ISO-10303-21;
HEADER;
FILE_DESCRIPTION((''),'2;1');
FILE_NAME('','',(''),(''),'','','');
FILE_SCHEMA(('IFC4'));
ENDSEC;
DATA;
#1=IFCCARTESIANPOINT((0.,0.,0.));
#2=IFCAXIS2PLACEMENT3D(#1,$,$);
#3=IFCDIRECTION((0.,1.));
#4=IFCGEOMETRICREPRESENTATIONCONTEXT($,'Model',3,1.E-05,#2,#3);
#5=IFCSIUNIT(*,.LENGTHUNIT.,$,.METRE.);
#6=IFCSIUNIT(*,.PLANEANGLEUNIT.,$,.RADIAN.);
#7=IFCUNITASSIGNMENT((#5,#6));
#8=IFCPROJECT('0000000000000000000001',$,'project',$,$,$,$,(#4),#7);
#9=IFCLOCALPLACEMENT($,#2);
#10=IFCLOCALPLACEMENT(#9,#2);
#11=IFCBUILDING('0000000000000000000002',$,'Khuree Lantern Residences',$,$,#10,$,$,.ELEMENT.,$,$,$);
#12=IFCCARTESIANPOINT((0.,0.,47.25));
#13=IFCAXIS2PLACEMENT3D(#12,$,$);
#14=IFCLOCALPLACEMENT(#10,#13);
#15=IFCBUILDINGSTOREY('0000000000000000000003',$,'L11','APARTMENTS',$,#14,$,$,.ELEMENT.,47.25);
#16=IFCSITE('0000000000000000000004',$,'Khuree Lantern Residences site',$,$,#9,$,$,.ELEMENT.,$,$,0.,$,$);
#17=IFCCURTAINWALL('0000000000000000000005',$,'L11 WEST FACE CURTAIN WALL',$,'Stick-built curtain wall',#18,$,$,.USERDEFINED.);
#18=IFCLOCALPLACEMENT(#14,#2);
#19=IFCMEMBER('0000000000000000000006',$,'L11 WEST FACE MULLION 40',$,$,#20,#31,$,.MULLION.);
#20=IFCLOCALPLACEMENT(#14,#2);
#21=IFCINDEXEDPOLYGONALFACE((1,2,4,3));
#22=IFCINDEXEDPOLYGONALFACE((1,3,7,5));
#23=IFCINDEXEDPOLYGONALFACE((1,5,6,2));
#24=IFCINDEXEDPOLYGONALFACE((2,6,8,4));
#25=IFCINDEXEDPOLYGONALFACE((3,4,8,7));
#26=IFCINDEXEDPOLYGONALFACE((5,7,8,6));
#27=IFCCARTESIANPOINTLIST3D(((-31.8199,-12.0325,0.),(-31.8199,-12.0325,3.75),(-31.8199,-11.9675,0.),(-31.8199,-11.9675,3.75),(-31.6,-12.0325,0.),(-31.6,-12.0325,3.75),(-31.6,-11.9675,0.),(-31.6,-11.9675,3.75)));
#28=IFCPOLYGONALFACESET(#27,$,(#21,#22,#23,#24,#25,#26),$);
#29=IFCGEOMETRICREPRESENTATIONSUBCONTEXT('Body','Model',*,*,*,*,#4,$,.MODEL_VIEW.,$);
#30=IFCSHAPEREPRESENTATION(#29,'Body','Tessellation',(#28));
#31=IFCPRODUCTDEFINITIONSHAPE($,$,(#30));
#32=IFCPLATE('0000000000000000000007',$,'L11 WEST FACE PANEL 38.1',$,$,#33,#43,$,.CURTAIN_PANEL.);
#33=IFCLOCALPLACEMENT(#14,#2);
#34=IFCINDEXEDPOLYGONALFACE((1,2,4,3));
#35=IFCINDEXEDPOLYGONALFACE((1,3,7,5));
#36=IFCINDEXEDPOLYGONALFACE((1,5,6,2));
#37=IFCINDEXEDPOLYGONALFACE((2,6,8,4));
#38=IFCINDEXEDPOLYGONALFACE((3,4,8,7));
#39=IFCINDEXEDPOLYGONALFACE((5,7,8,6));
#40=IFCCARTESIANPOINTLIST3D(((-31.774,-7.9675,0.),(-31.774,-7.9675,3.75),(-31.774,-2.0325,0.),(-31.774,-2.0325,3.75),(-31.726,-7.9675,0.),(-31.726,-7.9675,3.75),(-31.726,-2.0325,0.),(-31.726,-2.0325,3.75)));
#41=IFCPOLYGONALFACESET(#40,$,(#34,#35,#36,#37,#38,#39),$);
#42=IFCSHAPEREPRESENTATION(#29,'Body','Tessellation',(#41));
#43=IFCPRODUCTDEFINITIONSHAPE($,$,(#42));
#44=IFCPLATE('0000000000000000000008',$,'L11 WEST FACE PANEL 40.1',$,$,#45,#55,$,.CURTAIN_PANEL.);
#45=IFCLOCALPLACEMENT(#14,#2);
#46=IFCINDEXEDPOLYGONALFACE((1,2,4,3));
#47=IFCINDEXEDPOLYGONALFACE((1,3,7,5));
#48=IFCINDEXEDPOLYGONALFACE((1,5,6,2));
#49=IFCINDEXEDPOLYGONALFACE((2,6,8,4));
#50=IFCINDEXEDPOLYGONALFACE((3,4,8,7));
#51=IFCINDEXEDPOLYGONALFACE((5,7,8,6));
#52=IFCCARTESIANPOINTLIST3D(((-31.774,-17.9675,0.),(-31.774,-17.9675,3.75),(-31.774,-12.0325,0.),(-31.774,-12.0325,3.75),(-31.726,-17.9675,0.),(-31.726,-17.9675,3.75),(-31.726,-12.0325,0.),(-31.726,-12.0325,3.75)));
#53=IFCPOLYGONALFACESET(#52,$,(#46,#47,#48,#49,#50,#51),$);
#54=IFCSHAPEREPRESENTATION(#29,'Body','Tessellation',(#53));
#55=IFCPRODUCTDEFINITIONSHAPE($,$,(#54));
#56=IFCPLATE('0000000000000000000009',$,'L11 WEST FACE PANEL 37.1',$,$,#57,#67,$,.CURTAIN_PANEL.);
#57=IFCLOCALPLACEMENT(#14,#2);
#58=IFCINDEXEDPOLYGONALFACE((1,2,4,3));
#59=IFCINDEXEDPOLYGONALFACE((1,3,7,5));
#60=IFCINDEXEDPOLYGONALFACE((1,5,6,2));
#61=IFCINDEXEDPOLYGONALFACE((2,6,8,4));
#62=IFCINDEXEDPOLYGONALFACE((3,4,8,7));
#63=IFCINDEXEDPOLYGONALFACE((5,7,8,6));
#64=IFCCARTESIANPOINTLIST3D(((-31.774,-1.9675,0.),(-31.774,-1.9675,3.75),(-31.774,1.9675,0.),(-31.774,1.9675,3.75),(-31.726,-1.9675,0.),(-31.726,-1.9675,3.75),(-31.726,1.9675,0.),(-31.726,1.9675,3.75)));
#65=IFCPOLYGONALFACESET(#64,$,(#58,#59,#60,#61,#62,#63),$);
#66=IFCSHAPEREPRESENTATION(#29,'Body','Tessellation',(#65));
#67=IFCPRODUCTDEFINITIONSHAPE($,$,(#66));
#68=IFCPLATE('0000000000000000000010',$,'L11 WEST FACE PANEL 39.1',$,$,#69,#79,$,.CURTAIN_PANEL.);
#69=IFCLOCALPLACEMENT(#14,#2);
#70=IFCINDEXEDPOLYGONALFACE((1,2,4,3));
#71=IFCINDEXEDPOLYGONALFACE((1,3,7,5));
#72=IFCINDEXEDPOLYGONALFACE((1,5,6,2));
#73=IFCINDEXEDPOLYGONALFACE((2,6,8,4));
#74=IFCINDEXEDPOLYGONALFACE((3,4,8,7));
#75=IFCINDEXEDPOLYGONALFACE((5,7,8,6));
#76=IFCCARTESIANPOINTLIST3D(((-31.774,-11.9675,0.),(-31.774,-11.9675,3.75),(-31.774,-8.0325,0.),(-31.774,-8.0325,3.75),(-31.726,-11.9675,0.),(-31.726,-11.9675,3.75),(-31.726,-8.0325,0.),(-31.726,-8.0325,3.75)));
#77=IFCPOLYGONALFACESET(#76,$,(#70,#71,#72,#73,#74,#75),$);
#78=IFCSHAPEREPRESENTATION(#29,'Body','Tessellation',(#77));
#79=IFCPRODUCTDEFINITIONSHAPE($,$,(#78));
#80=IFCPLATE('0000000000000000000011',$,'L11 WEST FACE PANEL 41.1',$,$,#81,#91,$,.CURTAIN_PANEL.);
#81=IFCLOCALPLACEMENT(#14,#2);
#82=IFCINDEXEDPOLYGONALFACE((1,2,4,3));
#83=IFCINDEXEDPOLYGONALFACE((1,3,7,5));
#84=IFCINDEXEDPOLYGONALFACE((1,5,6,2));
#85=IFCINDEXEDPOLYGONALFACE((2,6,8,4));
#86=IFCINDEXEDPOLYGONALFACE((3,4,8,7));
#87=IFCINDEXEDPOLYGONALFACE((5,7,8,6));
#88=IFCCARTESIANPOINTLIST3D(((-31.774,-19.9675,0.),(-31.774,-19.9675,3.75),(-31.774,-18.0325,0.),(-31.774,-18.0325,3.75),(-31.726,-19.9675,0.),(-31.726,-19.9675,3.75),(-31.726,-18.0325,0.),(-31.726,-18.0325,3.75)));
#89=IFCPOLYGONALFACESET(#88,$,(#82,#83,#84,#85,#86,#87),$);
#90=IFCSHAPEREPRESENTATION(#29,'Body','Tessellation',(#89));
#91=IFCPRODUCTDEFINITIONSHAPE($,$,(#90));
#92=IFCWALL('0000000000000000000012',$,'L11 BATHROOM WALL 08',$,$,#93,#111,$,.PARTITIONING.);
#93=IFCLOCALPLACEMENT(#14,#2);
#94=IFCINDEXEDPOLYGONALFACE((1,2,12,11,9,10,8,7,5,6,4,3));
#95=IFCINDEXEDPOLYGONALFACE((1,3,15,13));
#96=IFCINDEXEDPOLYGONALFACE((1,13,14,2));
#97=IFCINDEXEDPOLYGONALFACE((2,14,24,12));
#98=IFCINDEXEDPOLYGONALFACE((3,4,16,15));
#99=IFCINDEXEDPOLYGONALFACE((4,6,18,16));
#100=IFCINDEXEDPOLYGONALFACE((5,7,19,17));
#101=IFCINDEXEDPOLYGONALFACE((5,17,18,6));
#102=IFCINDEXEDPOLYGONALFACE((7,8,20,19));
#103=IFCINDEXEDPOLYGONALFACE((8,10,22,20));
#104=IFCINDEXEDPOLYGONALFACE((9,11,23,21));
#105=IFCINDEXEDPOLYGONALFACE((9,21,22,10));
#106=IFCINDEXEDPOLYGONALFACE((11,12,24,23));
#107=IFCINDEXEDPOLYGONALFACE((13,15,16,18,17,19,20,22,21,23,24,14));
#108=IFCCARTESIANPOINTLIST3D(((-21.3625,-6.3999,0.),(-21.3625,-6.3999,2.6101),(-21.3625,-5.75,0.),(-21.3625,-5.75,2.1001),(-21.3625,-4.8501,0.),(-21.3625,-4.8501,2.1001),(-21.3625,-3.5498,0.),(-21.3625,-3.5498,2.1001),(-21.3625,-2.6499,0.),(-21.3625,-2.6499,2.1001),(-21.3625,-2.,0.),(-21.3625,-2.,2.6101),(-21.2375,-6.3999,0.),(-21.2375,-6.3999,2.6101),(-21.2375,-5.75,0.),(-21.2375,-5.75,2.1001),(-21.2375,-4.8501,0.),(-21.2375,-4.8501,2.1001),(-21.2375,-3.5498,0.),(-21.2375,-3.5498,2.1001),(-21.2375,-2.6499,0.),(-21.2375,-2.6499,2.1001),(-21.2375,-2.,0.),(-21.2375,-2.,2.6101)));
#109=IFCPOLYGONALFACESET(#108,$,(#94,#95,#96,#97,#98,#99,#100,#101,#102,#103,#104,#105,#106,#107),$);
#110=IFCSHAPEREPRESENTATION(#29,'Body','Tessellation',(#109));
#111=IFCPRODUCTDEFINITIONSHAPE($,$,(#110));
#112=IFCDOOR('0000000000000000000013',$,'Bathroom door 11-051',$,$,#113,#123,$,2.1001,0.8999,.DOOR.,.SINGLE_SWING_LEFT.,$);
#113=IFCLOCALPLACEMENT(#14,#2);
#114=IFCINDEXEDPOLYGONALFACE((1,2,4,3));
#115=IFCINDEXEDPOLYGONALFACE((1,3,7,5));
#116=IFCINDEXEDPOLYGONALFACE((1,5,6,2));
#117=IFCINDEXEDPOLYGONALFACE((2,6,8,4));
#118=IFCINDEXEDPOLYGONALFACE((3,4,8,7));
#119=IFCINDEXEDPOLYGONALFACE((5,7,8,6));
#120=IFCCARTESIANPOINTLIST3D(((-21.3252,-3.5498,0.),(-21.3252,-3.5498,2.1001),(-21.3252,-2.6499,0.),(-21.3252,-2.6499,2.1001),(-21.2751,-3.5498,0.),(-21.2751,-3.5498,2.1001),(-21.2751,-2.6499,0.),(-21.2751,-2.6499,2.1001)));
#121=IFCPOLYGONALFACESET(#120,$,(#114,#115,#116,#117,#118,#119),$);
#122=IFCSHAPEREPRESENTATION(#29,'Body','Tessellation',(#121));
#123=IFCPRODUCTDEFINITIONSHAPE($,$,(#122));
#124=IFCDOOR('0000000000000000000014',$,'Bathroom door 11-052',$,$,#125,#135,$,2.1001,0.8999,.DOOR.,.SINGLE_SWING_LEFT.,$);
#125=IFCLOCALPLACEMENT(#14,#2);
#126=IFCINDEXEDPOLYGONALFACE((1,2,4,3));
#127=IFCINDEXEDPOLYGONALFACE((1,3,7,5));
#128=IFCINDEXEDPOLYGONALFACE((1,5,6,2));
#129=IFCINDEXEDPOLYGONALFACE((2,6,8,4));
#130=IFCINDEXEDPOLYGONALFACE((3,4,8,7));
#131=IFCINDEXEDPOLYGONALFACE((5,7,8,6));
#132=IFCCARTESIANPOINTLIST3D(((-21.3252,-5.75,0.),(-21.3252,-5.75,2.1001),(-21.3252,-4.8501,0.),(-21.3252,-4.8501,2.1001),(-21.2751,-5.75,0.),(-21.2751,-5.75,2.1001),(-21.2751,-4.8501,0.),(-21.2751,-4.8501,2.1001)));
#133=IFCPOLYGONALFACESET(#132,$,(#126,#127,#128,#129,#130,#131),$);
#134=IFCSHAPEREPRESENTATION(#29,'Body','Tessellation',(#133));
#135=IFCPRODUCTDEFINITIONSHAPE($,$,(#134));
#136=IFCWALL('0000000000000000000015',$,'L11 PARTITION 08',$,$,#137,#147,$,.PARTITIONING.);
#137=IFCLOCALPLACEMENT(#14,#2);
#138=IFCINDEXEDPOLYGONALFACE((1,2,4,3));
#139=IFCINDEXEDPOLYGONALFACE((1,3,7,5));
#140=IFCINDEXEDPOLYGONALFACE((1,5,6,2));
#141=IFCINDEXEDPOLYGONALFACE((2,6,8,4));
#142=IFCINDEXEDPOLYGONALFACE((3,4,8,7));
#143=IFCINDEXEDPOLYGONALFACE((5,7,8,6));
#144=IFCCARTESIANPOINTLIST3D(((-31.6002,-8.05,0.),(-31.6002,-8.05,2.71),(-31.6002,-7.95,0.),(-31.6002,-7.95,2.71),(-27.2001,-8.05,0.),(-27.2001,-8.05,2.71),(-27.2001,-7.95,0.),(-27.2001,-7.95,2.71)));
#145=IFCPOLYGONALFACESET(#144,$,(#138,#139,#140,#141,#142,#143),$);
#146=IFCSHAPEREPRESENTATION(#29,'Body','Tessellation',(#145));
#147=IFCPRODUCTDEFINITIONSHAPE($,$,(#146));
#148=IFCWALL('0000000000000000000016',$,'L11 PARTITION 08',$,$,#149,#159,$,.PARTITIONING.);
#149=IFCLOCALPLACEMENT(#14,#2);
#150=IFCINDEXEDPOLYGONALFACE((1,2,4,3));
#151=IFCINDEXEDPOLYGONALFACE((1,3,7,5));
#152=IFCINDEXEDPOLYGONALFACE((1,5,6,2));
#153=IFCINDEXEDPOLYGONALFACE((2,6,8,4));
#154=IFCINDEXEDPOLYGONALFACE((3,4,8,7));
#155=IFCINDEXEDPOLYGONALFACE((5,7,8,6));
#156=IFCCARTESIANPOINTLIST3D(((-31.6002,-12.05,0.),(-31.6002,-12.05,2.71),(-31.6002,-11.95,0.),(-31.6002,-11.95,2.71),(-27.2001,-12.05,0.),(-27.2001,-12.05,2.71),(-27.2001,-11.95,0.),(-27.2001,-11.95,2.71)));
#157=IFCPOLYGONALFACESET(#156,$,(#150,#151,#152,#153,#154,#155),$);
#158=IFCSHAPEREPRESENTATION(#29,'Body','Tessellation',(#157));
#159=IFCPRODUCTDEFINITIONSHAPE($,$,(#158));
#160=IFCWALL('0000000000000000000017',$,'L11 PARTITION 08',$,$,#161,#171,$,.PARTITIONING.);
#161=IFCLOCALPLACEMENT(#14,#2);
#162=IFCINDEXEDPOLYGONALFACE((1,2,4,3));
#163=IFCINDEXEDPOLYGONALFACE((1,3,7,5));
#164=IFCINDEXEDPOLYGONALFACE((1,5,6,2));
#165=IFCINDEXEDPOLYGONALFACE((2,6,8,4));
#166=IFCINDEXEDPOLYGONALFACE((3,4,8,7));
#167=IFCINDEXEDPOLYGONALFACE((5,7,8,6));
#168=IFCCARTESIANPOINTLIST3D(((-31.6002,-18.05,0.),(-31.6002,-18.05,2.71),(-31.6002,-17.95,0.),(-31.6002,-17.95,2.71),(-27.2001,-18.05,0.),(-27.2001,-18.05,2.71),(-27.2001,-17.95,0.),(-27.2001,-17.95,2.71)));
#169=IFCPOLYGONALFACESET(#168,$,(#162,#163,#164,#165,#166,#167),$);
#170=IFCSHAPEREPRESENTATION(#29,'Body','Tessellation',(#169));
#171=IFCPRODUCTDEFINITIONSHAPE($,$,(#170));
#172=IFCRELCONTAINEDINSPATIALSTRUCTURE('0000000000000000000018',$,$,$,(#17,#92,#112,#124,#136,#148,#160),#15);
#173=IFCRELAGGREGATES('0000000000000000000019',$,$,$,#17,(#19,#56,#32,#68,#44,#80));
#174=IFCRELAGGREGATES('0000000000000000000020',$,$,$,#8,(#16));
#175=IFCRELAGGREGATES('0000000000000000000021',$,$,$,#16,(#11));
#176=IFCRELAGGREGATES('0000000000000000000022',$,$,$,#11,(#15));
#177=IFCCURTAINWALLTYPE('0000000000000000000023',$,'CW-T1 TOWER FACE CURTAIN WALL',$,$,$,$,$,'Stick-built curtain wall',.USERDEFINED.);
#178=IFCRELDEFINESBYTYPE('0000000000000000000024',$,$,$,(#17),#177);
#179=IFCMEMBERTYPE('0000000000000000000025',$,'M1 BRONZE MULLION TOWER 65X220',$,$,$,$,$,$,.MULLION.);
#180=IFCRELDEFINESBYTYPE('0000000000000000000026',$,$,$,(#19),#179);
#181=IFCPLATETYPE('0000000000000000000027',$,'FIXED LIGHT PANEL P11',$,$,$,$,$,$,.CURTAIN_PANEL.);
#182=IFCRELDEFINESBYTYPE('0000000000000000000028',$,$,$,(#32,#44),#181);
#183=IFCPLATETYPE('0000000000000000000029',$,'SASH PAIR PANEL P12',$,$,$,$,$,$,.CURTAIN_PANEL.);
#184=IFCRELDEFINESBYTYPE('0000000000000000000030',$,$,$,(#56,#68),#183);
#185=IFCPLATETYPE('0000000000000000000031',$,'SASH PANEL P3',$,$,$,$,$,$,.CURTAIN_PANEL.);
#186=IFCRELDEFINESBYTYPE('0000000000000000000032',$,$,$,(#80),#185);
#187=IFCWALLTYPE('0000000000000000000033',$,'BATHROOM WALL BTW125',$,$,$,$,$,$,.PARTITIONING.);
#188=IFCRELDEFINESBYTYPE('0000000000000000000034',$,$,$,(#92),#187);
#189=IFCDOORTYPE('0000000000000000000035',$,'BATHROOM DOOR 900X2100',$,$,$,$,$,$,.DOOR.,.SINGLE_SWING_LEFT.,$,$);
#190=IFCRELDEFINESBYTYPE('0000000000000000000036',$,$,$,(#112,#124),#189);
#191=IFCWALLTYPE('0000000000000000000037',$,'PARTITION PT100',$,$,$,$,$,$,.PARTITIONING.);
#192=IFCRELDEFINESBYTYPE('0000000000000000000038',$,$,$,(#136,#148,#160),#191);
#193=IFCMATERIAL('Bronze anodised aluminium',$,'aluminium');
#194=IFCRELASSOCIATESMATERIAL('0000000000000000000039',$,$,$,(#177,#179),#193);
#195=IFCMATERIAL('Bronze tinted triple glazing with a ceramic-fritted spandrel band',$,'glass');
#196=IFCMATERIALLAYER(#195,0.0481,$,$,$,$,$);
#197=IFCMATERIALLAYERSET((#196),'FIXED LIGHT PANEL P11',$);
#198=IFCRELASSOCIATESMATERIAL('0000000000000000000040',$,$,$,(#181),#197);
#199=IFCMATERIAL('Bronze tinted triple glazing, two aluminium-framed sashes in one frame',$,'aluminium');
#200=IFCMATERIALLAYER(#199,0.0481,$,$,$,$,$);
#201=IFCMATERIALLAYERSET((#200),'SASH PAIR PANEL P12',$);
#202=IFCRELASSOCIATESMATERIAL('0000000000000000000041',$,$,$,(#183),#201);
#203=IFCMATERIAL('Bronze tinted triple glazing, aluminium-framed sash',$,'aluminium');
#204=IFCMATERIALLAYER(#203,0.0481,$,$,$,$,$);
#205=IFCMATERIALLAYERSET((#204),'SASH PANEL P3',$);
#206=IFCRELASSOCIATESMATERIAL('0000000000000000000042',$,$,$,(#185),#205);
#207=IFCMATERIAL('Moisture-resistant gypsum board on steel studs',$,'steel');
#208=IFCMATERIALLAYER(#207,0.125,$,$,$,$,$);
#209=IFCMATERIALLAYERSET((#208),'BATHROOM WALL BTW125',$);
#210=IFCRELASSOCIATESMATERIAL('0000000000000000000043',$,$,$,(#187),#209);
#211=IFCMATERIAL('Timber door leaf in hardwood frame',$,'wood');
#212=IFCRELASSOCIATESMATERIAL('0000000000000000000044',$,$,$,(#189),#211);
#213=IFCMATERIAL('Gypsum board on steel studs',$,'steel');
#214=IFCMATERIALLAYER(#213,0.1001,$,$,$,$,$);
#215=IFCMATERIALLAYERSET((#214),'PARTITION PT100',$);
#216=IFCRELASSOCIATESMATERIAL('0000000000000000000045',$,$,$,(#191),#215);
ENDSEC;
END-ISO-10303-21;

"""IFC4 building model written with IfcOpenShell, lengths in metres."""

from ifc_helpers import new_model, si_unit, direction, frame, frame_2d, origin, origin_2d, place, context, subcontext, project, spatial, rectangle, extrude, material, layer, layer_set, material_profile, profile_set, type_object, element, fill, aggregate, save


model = new_model("IFC4")

# Units and contexts
model_context = context("Model", 3, precision=1e-05, world=origin(), true_north=direction((0.0, 1.0)))
body_context = subcontext(model_context, "Body", "Model", "MODEL_VIEW")
ifc_project = project(units=[si_unit("LENGTHUNIT", "METRE"), si_unit("PLANEANGLEUNIT", "RADIAN")], contexts=[model_context])

# Site, building, storey
site_placement = place(None, origin())
site = spatial("IfcSite", under=ifc_project, at=site_placement, Name="Khuree Lantern Residences site", CompositionType="ELEMENT", RefElevation=0.0)
building_placement = place(site_placement, origin())
building = spatial("IfcBuilding", under=site, at=building_placement, Name="Khuree Lantern Residences", CompositionType="ELEMENT")
storey_placement = place(building_placement, frame((0.0, 0.0, 47.25)))
storey = spatial("IfcBuildingStorey", under=building, at=storey_placement, Name="L11", Description="APARTMENTS", CompositionType="ELEMENT", Elevation=47.25)

# Curtain wall
ifc_material_1 = material(Name="Bronze anodised aluminium", Category="aluminium")
curtain_wall_type = type_object("IfcCurtainWallType", Name="CW-T1 TOWER FACE CURTAIN WALL", ElementType="Stick-built curtain wall", PredefinedType="USERDEFINED", material=ifc_material_1)
curtain_wall_placement = place(storey_placement, origin())
curtain_wall = element("IfcCurtainWall", 1, at=curtain_wall_placement, inside=storey, type_object=curtain_wall_type, Name="L11 WEST FACE CURTAIN WALL", ObjectType="Stick-built curtain wall", PredefinedType="USERDEFINED")

# Member
ifc_material_profile_1 = material_profile(ifc_material_1, rectangle(XDim=0.0649, YDim=0.22, at=origin_2d()), Name="M1 65X220")
ifc_profile_set_1 = profile_set([ifc_material_profile_1], Name="Bronze anodised aluminium")
member_type_1 = type_object("IfcMemberType", Name="M1 BRONZE MULLION TOWER 65X220", PredefinedType="MULLION", material=ifc_profile_set_1)
member_1_placement = place(storey_placement, frame((-31.71, -12.0, 0.0), z_axis=(0.0, 0.0, 1.0), x_axis=(0.0, -1.0, 0.0)))
member_1 = element("IfcMember", 2, at=member_1_placement, type_object=member_type_1, Name="L11 WEST FACE MULLION 40", PredefinedType="MULLION", context=body_context, shape_type="SweptSolid", body=[
    extrude(rectangle(XDim=0.0649, YDim=0.22, at=origin_2d()), origin(), (0.0, 0.0, 1.0), 3.75),
])

# Plates
ifc_material_2 = material(Name="Bronze tinted triple glazing with a ceramic-fritted spandrel band", Category="glass")
ifc_layer_1 = layer(ifc_material_2, 0.0481)
ifc_layer_set_1 = layer_set([ifc_layer_1], Name="FIXED LIGHT PANEL P11")
plate_type_1 = type_object("IfcPlateType", Name="FIXED LIGHT PANEL P11", PredefinedType="CURTAIN_PANEL", material=ifc_layer_set_1)
plate_1_placement = place(storey_placement, frame((-31.75, -5.0, 0.0), z_axis=(0.0, 0.0, 1.0), x_axis=(0.0, -1.0, 0.0)))
plate_1 = element("IfcPlate", 3, at=plate_1_placement, type_object=plate_type_1, Name="L11 WEST FACE PANEL 38.1", PredefinedType="CURTAIN_PANEL", context=body_context, shape_type="SweptSolid", body=[
    extrude(rectangle(XDim=5.9351, YDim=0.0481, at=origin_2d()), origin(), (0.0, 0.0, 1.0), 3.75),
])
plate_2_placement = place(storey_placement, frame((-31.75, -15.0, 0.0), z_axis=(0.0, 0.0, 1.0), x_axis=(0.0, -1.0, 0.0)))
plate_2 = element("IfcPlate", 4, at=plate_2_placement, type_object=plate_type_1, Name="L11 WEST FACE PANEL 40.1", PredefinedType="CURTAIN_PANEL", context=body_context, shape_type="SweptSolid", body=[
    extrude(rectangle(XDim=5.9351, YDim=0.0481, at=origin_2d()), origin(), (0.0, 0.0, 1.0), 3.75),
])
ifc_material_3 = material(Name="Bronze tinted triple glazing, two aluminium-framed sashes in one frame", Category="aluminium")
ifc_layer_2 = layer(ifc_material_3, 0.0481)
ifc_layer_set_2 = layer_set([ifc_layer_2], Name="SASH PAIR PANEL P12")
plate_type_2 = type_object("IfcPlateType", Name="SASH PAIR PANEL P12", PredefinedType="CURTAIN_PANEL", material=ifc_layer_set_2)
plate_3_placement = place(storey_placement, frame((-31.75, 0.0, 0.0), z_axis=(0.0, 0.0, 1.0), x_axis=(0.0, -1.0, 0.0)))
plate_3 = element("IfcPlate", 5, at=plate_3_placement, type_object=plate_type_2, Name="L11 WEST FACE PANEL 37.1", PredefinedType="CURTAIN_PANEL", context=body_context, shape_type="SweptSolid", body=[
    extrude(rectangle(XDim=3.9351, YDim=0.0481, at=origin_2d()), origin(), (0.0, 0.0, 1.0), 3.75),
])
plate_4_placement = place(storey_placement, frame((-31.75, -10.0, 0.0), z_axis=(0.0, 0.0, 1.0), x_axis=(0.0, -1.0, 0.0)))
plate_4 = element("IfcPlate", 6, at=plate_4_placement, type_object=plate_type_2, Name="L11 WEST FACE PANEL 39.1", PredefinedType="CURTAIN_PANEL", context=body_context, shape_type="SweptSolid", body=[
    extrude(rectangle(XDim=3.9351, YDim=0.0481, at=origin_2d()), origin(), (0.0, 0.0, 1.0), 3.75),
])
ifc_material_4 = material(Name="Bronze tinted triple glazing, aluminium-framed sash", Category="aluminium")
ifc_layer_3 = layer(ifc_material_4, 0.0481)
ifc_layer_set_3 = layer_set([ifc_layer_3], Name="SASH PANEL P3")
plate_type_3 = type_object("IfcPlateType", Name="SASH PANEL P3", PredefinedType="CURTAIN_PANEL", material=ifc_layer_set_3)
plate_5_placement = place(storey_placement, frame((-31.75, -19.0, 0.0), z_axis=(0.0, 0.0, 1.0), x_axis=(0.0, -1.0, 0.0)))
plate_5 = element("IfcPlate", 7, at=plate_5_placement, type_object=plate_type_3, Name="L11 WEST FACE PANEL 41.1", PredefinedType="CURTAIN_PANEL", context=body_context, shape_type="SweptSolid", body=[
    extrude(rectangle(XDim=1.9351, YDim=0.0481, at=origin_2d()), origin(), (0.0, 0.0, 1.0), 3.75),
])
aggregate(curtain_wall, [member_1, plate_3, plate_1, plate_4, plate_2, plate_5])

# Wall, openings, doors
ifc_material_5 = material(Name="Moisture-resistant gypsum board on steel studs", Category="steel")
ifc_layer_4 = layer(ifc_material_5, 0.125)
ifc_layer_set_4 = layer_set([ifc_layer_4], Name="BATHROOM WALL BTW125")
wall_type_1 = type_object("IfcWallType", Name="BATHROOM WALL BTW125", PredefinedType="PARTITIONING", material=ifc_layer_set_4)
wall_1_placement = place(storey_placement, frame((-21.3, -2.0, 0.0), z_axis=(0.0, 0.0, 1.0), x_axis=(0.0, -1.0, 0.0)))
wall_1 = element("IfcWall", 8, at=wall_1_placement, inside=storey, type_object=wall_type_1, Name="L11 BATHROOM WALL 08", PredefinedType="PARTITIONING", context=body_context, shape_type="SweptSolid", body=[
    extrude(rectangle(XDim=4.3999, YDim=0.125, at=frame_2d((2.2, 0.0))), origin(), (0.0, 0.0, 1.0), 2.6101),
])
opening_1_placement = place(wall_1_placement, frame((0.6499, 0.0, 0.0)))
opening_1 = element("IfcOpeningElement", 9, at=opening_1_placement, cuts=wall_1, PredefinedType="OPENING", context=body_context, shape_type="SweptSolid", body=[
    extrude(rectangle(XDim=0.8999, YDim=2.1001, at=frame_2d((0.45, 1.05))), frame((0.0, 0.0725, 0.0), z_axis=(0.0, -1.0, 0.0), x_axis=(1.0, 0.0, 0.0)), (0.0, 0.0, 1.0), 0.145),
])
opening_2_placement = place(wall_1_placement, frame((2.8501, 0.0, 0.0)))
opening_2 = element("IfcOpeningElement", 10, at=opening_2_placement, cuts=wall_1, PredefinedType="OPENING", context=body_context, shape_type="SweptSolid", body=[
    extrude(rectangle(XDim=0.8999, YDim=2.1001, at=frame_2d((0.45, 1.05))), frame((0.0, 0.0725, 0.0), z_axis=(0.0, -1.0, 0.0), x_axis=(1.0, 0.0, 0.0)), (0.0, 0.0, 1.0), 0.145),
])
ifc_material_6 = material(Name="Timber door leaf in hardwood frame", Category="wood")
door_type_1 = type_object("IfcDoorType", Name="BATHROOM DOOR 900X2100", OperationType="SINGLE_SWING_LEFT", PredefinedType="DOOR", material=ifc_material_6)
door_1_placement = place(opening_1_placement, origin())
door_1 = element("IfcDoor", 11, at=door_1_placement, inside=storey, type_object=door_type_1, Name="Bathroom door 11-051", OperationType="SINGLE_SWING_LEFT", OverallHeight=2.1001, OverallWidth=0.8999, PredefinedType="DOOR", context=body_context, shape_type="SweptSolid", body=[
    extrude(rectangle(XDim=0.8999, YDim=2.1001, at=frame_2d((0.45, 1.05))), frame((0.0, 0.0249, 0.0), z_axis=(0.0, -1.0, 0.0), x_axis=(1.0, 0.0, 0.0)), (0.0, 0.0, 1.0), 0.05),
])
fill(opening_1, door_1)
door_2_placement = place(opening_2_placement, origin())
door_2 = element("IfcDoor", 12, at=door_2_placement, inside=storey, type_object=door_type_1, Name="Bathroom door 11-052", OperationType="SINGLE_SWING_LEFT", OverallHeight=2.1001, OverallWidth=0.8999, PredefinedType="DOOR", context=body_context, shape_type="SweptSolid", body=[
    extrude(rectangle(XDim=0.8999, YDim=2.1001, at=frame_2d((0.45, 1.05))), frame((0.0, 0.0249, 0.0), z_axis=(0.0, -1.0, 0.0), x_axis=(1.0, 0.0, 0.0)), (0.0, 0.0, 1.0), 0.05),
])
fill(opening_2, door_2)

# Walls
ifc_material_7 = material(Name="Gypsum board on steel studs", Category="steel")
ifc_layer_5 = layer(ifc_material_7, 0.1001)
ifc_layer_set_5 = layer_set([ifc_layer_5], Name="PARTITION PT100")
wall_type_2 = type_object("IfcWallType", Name="PARTITION PT100", PredefinedType="PARTITIONING", material=ifc_layer_set_5)
for number, where, z_axis, x_axis, name in (
    (13, (-27.2, -8.0, 0.0), (0.0, 0.0, 1.0), (-1.0, 0.0, 0.0), "L11 PARTITION 08"),
    (14, (-27.2, -12.0, 0.0), (0.0, 0.0, 1.0), (-1.0, 0.0, 0.0), "L11 PARTITION 08"),
    (15, (-27.2, -18.0, 0.0), (0.0, 0.0, 1.0), (-1.0, 0.0, 0.0), "L11 PARTITION 08"),
):
    element("IfcWall", number, at=place(storey_placement, frame(where, z_axis=z_axis, x_axis=x_axis)), inside=storey, type_object=wall_type_2, Name=name, PredefinedType="PARTITIONING", context=body_context, shape_type="SweptSolid", body=[
        extrude(rectangle(XDim=4.4001, YDim=0.1001, at=frame_2d((2.2002, 0.0))), origin(), (0.0, 0.0, 1.0), 2.71),
    ])

save(model, "model.ifc")
